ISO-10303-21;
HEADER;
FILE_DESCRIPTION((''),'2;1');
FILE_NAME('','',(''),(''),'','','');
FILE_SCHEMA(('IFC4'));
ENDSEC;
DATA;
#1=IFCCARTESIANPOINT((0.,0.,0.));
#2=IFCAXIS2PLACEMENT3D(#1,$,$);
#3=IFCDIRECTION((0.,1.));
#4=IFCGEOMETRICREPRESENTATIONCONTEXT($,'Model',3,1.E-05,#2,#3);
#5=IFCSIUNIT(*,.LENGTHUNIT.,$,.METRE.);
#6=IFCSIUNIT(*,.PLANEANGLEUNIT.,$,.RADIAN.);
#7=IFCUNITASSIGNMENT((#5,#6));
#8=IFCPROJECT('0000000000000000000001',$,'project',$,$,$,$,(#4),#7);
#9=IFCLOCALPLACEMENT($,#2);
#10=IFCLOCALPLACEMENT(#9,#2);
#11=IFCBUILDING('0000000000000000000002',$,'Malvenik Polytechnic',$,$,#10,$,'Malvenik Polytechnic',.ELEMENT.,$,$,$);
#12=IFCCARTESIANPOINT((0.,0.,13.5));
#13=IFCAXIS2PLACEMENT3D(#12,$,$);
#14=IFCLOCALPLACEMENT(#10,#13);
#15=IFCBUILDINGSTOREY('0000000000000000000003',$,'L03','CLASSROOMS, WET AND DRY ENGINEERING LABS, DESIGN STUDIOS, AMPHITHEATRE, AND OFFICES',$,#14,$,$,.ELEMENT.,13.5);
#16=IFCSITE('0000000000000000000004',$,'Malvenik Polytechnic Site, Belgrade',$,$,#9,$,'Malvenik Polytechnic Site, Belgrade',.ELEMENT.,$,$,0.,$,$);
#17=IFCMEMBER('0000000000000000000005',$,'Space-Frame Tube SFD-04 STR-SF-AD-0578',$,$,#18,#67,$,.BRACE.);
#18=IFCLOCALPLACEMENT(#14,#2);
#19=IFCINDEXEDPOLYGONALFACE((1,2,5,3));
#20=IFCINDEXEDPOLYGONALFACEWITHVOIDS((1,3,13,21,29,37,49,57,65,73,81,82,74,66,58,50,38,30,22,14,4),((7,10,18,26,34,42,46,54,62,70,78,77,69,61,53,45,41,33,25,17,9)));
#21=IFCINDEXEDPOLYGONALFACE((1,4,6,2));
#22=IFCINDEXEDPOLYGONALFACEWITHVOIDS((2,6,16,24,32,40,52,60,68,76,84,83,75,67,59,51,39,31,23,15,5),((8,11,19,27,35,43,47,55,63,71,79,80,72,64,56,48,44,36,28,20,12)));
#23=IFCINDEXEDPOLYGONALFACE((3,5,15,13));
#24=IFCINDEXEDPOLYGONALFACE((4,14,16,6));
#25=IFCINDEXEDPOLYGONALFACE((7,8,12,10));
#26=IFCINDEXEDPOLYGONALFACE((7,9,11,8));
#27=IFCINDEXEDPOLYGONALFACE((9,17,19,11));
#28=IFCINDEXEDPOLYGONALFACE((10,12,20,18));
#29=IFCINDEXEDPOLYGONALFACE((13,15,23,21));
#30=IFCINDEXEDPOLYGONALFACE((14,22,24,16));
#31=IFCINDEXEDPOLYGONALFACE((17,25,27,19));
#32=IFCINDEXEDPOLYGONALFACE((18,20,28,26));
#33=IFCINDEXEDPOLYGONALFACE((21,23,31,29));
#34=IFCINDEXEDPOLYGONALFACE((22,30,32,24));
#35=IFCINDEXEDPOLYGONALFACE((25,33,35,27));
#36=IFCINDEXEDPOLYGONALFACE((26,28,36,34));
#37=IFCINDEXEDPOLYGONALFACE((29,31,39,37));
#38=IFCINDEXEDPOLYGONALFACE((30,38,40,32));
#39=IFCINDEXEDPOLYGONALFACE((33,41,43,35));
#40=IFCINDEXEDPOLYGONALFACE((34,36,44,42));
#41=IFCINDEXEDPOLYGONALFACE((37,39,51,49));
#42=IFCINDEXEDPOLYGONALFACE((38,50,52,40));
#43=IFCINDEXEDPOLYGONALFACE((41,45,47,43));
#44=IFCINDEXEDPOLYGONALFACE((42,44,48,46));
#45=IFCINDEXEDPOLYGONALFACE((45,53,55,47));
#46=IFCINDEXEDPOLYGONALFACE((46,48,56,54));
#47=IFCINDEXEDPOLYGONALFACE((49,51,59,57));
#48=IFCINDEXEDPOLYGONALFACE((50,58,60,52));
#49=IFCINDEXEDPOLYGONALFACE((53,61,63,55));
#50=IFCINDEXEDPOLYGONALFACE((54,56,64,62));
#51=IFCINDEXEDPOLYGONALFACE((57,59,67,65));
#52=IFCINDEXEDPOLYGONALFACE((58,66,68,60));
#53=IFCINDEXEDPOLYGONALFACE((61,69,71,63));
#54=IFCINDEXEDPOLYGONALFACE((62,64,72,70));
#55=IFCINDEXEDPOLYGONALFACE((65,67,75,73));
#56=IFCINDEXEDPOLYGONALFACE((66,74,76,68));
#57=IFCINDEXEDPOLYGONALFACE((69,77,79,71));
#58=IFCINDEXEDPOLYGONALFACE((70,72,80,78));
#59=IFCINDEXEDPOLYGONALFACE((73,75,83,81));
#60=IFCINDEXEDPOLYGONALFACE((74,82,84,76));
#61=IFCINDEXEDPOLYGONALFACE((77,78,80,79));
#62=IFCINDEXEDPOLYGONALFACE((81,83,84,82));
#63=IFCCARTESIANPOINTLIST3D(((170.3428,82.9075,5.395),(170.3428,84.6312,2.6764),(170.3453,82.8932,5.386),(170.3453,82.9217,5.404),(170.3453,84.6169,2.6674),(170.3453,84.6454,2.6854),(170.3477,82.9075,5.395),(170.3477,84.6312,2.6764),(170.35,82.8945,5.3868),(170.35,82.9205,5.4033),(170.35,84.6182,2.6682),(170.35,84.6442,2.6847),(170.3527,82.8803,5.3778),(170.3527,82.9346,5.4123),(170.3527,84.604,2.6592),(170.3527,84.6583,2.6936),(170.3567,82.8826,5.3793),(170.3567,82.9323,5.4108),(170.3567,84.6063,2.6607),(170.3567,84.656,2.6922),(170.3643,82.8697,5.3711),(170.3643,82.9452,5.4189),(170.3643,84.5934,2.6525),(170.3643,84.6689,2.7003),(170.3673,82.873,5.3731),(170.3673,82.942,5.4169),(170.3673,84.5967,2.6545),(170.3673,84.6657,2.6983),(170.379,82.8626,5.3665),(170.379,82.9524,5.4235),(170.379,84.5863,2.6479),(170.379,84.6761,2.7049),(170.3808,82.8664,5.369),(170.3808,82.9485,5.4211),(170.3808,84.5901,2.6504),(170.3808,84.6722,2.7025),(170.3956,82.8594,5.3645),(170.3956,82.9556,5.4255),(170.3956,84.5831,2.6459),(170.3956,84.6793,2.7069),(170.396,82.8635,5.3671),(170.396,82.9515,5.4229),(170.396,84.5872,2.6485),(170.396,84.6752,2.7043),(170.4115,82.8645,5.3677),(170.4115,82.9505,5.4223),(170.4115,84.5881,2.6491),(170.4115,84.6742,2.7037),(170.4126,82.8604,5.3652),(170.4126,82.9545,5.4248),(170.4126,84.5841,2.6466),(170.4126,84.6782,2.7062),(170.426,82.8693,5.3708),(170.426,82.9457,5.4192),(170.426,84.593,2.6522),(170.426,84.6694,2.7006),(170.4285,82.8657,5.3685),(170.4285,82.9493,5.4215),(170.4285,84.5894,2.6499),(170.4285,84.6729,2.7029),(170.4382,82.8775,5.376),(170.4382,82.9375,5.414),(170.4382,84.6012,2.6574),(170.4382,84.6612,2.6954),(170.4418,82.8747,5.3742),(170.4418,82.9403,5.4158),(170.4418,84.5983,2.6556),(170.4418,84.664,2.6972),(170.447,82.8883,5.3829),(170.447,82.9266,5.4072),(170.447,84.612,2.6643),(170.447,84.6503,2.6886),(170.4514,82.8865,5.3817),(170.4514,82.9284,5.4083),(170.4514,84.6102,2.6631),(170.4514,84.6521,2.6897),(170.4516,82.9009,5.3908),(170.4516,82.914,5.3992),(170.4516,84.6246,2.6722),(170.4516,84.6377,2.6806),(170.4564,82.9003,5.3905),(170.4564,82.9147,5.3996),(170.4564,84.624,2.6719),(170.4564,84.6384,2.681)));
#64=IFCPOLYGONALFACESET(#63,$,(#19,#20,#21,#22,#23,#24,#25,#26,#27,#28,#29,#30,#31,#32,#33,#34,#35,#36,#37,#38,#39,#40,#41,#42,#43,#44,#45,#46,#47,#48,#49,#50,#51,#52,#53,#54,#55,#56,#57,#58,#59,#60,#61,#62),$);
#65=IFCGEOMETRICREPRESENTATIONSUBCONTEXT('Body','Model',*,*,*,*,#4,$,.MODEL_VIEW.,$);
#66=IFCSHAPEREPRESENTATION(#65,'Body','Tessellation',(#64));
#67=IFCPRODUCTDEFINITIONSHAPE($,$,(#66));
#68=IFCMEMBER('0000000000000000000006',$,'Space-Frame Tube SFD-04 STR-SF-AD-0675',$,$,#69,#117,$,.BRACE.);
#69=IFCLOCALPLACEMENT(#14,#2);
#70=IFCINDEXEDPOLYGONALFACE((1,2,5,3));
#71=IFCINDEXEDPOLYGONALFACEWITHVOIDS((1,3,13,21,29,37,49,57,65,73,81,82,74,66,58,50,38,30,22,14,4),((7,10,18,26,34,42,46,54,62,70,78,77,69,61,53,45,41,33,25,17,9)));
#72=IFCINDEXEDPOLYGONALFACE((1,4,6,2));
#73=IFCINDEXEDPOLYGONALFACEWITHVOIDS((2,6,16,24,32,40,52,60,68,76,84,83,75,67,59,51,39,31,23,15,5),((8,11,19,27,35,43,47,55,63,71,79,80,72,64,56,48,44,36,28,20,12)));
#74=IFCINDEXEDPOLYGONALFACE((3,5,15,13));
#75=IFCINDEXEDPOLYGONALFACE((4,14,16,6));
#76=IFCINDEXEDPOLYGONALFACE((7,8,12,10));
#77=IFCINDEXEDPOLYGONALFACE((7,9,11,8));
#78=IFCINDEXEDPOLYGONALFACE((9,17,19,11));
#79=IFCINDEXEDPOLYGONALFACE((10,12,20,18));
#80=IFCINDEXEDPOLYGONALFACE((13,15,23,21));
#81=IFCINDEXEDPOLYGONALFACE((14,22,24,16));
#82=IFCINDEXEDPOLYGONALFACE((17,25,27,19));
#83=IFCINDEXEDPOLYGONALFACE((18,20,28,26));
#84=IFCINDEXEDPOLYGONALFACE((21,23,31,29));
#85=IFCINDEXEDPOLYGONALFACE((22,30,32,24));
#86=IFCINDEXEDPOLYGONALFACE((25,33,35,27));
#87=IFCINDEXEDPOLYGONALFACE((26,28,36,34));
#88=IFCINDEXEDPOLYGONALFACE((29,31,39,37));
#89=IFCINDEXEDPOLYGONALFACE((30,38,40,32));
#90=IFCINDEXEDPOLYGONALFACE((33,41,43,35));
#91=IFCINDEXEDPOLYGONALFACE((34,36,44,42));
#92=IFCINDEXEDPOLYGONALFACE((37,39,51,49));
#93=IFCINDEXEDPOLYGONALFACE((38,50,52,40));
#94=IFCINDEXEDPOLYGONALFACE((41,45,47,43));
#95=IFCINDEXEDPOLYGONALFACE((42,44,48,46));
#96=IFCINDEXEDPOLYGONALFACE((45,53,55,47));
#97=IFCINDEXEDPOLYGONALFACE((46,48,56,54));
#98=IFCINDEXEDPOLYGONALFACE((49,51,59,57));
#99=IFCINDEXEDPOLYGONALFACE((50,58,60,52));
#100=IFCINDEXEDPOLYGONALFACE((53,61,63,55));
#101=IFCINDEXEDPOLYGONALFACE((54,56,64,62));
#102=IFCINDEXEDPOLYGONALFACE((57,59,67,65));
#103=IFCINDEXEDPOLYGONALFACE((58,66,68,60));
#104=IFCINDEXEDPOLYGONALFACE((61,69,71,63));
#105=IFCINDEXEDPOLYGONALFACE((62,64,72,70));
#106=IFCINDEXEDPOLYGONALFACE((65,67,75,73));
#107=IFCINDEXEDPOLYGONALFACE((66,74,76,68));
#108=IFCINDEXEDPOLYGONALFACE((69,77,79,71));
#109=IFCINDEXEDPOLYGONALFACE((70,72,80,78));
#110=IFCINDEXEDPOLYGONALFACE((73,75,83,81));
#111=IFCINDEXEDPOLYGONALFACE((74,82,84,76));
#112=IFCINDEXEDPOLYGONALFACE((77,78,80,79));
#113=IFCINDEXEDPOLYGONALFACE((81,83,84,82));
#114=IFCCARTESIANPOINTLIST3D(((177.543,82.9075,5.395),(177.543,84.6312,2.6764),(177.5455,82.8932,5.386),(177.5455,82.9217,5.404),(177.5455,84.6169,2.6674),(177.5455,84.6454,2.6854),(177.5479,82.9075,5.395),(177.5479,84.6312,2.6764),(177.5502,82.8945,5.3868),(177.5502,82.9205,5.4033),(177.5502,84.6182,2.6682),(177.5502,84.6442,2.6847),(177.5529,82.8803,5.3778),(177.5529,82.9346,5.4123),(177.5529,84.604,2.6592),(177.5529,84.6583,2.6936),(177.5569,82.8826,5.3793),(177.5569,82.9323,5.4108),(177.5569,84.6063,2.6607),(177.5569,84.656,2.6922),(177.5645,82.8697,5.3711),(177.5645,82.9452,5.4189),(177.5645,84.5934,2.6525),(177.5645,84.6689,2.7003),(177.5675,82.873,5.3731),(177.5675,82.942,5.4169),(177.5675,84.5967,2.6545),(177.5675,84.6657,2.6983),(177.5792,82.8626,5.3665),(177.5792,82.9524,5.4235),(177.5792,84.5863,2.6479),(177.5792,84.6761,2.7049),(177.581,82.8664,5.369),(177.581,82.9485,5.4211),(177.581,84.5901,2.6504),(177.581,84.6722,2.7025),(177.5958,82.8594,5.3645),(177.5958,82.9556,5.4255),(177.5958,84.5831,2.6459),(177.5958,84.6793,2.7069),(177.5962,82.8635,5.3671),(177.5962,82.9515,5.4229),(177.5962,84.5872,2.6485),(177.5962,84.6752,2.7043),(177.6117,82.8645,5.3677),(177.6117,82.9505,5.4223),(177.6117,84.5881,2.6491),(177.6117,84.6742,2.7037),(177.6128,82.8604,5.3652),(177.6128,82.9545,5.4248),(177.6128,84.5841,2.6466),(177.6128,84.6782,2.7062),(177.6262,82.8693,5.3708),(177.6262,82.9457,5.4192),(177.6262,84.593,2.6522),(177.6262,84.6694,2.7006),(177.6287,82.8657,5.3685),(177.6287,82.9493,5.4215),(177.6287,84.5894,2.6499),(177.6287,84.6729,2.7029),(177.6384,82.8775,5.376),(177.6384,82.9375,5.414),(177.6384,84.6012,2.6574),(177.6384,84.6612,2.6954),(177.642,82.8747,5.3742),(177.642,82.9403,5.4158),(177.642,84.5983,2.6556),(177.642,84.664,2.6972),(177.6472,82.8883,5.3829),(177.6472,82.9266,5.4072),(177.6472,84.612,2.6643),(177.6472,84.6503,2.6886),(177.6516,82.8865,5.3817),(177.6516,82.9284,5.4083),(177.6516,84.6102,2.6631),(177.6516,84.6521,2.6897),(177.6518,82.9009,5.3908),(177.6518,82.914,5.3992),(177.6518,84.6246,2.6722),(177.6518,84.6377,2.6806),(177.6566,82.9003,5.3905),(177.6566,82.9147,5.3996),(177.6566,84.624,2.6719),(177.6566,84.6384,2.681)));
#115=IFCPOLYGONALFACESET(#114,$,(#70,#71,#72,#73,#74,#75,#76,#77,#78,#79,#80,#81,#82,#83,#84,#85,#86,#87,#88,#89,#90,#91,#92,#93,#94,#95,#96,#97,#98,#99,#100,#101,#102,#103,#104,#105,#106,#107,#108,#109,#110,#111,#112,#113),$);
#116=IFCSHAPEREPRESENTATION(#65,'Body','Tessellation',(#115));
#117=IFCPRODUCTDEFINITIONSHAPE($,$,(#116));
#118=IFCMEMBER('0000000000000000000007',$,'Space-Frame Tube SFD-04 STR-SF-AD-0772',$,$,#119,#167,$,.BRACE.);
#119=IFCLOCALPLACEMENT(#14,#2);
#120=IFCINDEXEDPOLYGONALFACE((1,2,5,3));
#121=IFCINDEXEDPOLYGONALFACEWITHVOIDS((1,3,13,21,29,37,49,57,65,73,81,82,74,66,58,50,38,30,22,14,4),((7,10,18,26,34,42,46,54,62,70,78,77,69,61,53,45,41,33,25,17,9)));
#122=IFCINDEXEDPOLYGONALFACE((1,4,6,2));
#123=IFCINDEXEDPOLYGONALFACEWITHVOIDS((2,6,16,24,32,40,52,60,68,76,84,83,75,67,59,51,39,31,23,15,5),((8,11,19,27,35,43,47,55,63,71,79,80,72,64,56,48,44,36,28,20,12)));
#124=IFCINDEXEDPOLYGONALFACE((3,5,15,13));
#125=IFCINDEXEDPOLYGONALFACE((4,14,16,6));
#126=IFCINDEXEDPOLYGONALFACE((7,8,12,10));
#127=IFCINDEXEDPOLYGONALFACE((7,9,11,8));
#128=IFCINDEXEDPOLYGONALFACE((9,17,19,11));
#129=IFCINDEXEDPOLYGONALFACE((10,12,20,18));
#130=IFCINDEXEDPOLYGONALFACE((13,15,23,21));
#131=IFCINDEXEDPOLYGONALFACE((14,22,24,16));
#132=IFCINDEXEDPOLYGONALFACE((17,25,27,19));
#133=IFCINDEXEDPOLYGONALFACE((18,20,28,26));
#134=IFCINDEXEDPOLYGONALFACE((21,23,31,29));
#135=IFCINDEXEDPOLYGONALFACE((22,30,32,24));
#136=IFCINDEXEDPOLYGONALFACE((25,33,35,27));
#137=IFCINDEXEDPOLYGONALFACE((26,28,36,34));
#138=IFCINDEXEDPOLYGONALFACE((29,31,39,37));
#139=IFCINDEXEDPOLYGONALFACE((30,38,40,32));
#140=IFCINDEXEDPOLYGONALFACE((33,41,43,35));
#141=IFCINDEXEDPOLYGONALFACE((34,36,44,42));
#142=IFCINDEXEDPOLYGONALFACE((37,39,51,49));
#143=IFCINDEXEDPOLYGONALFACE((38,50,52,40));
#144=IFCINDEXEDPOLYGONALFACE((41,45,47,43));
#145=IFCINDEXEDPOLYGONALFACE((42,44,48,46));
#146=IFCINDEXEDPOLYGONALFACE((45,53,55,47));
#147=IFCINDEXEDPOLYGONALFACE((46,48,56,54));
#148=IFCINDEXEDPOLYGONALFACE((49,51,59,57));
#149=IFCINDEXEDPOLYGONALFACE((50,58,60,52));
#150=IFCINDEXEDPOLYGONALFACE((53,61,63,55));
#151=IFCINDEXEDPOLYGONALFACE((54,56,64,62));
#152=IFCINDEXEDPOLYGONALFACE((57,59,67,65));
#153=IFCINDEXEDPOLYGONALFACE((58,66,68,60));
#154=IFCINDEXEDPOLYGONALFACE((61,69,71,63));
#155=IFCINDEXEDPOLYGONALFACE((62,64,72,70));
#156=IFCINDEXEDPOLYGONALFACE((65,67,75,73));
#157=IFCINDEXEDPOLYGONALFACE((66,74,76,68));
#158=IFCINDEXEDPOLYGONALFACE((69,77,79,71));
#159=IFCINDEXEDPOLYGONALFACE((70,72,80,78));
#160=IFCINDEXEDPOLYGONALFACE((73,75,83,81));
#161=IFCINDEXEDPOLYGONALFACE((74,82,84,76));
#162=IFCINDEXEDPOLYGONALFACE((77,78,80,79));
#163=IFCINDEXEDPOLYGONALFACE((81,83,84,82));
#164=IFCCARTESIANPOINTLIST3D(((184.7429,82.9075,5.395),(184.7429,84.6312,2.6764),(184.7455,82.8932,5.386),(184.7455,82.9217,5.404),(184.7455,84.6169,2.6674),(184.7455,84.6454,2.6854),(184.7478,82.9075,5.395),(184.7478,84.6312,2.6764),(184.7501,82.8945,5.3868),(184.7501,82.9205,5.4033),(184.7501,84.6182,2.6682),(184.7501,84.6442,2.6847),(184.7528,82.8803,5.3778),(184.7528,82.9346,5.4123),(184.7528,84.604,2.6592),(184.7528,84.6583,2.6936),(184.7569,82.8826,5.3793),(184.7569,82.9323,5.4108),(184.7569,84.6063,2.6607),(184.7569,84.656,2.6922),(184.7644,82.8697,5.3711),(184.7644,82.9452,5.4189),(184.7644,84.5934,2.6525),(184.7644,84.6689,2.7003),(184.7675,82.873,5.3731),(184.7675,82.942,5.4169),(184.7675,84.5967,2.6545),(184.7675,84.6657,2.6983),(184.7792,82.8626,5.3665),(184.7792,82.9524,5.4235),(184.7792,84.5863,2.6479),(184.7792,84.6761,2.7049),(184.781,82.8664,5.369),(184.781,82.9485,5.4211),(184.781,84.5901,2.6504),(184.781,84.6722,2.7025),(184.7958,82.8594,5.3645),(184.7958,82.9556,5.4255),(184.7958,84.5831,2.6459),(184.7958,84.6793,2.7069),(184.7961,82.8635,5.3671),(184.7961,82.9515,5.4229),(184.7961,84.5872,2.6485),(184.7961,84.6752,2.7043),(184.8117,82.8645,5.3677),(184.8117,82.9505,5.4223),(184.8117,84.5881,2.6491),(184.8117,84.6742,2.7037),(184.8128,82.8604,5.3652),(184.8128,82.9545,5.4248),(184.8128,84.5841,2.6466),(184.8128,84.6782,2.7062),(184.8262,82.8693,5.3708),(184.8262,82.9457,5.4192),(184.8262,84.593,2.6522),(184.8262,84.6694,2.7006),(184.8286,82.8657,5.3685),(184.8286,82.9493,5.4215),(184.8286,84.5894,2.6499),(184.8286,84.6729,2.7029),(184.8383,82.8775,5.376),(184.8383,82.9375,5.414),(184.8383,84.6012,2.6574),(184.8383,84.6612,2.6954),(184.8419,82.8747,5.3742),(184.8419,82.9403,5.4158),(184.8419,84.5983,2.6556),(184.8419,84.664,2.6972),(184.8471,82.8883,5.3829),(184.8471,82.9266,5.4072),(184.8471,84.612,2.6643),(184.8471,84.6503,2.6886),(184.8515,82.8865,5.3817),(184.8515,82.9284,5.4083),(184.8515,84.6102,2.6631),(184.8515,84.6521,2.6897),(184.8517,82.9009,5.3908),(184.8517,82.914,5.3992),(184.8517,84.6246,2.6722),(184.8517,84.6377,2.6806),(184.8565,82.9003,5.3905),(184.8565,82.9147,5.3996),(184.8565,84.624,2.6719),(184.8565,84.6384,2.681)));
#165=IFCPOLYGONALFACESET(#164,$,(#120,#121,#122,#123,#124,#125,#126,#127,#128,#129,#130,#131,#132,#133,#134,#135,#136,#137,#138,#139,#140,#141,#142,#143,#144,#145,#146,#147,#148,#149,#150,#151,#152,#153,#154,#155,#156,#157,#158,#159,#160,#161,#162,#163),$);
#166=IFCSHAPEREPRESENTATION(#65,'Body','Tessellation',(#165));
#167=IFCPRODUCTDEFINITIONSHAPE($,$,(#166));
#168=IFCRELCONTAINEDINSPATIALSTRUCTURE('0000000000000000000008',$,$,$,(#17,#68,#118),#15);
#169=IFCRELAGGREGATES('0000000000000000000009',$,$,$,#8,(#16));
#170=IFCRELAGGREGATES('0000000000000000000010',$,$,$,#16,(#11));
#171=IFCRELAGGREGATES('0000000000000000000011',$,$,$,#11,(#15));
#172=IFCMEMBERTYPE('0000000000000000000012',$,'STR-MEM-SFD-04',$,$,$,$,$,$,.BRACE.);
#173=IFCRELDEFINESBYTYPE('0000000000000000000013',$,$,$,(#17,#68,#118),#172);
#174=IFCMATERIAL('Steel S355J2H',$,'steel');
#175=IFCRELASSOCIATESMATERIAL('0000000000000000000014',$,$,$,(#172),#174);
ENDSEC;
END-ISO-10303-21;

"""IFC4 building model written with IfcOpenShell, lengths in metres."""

from ifc_helpers import new_model, si_unit, direction, frame, origin, origin_2d, place, context, subcontext, project, spatial, hollow_circle, extrude, material, material_profile, profile_set, type_object, element, save


model = new_model("IFC4")

# Units and contexts
model_context = context("Model", 3, precision=1e-05, world=origin(), true_north=direction((0.0, 1.0)))
body_context = subcontext(model_context, "Body", "Model", "MODEL_VIEW")
ifc_project = project(units=[si_unit("LENGTHUNIT", "METRE"), si_unit("PLANEANGLEUNIT", "RADIAN")], contexts=[model_context])

# Site, building, storey
site_placement = place(None, origin())
site = spatial("IfcSite", under=ifc_project, at=site_placement, Name="Malvenik Polytechnic Site, Belgrade", LongName="Malvenik Polytechnic Site, Belgrade", CompositionType="ELEMENT", RefElevation=0.0)
building_placement = place(site_placement, origin())
building = spatial("IfcBuilding", under=site, at=building_placement, Name="Malvenik Polytechnic", LongName="Malvenik Polytechnic", CompositionType="ELEMENT")
storey_placement = place(building_placement, frame((0.0, 0.0, 13.5)))
storey = spatial("IfcBuildingStorey", under=building, at=storey_placement, Name="L03", Description="CLASSROOMS, WET AND DRY ENGINEERING LABS, DESIGN STUDIOS, AMPHITHEATRE, AND OFFICES", CompositionType="ELEMENT", Elevation=13.5)

# Members
ifc_material = material(Name="Steel S355J2H", Category="steel")
ifc_material_profile_1 = material_profile(ifc_material, hollow_circle(Radius=0.0571, WallThickness=0.0049, at=origin_2d()), Name="CHS 114.3x5.0")
ifc_profile_set_1 = profile_set([ifc_material_profile_1], Name="Steel S355J2H")
member_type_1 = type_object("IfcMemberType", Name="STR-MEM-SFD-04", PredefinedType="BRACE", material=ifc_profile_set_1)
for number, where, z_axis, x_axis, name in (
    (1, (170.3999, 82.9075, 5.395), (0.0, 0.535476, -0.84455), (-1.0, 0.0, 0.0), "Space-Frame Tube SFD-04 STR-SF-AD-0578"),
    (2, (177.6001, 82.9075, 5.395), (0.0, 0.535476, -0.84455), (-1.0, 0.0, 0.0), "Space-Frame Tube SFD-04 STR-SF-AD-0675"),
    (3, (184.8, 82.9075, 5.395), (0.0, 0.535476, -0.84455), (-1.0, 0.0, 0.0), "Space-Frame Tube SFD-04 STR-SF-AD-0772"),
):
    element("IfcMember", number, at=place(storey_placement, frame(where, z_axis=z_axis, x_axis=x_axis)), inside=storey, type_object=member_type_1, Name=name, PredefinedType="BRACE", context=body_context, shape_type="SweptSolid", body=[
        extrude(hollow_circle(Radius=0.0571, WallThickness=0.0049, at=origin_2d()), origin(), (0.0, 0.0, 1.0), 3.219),
    ])

save(model, "model.ifc")
